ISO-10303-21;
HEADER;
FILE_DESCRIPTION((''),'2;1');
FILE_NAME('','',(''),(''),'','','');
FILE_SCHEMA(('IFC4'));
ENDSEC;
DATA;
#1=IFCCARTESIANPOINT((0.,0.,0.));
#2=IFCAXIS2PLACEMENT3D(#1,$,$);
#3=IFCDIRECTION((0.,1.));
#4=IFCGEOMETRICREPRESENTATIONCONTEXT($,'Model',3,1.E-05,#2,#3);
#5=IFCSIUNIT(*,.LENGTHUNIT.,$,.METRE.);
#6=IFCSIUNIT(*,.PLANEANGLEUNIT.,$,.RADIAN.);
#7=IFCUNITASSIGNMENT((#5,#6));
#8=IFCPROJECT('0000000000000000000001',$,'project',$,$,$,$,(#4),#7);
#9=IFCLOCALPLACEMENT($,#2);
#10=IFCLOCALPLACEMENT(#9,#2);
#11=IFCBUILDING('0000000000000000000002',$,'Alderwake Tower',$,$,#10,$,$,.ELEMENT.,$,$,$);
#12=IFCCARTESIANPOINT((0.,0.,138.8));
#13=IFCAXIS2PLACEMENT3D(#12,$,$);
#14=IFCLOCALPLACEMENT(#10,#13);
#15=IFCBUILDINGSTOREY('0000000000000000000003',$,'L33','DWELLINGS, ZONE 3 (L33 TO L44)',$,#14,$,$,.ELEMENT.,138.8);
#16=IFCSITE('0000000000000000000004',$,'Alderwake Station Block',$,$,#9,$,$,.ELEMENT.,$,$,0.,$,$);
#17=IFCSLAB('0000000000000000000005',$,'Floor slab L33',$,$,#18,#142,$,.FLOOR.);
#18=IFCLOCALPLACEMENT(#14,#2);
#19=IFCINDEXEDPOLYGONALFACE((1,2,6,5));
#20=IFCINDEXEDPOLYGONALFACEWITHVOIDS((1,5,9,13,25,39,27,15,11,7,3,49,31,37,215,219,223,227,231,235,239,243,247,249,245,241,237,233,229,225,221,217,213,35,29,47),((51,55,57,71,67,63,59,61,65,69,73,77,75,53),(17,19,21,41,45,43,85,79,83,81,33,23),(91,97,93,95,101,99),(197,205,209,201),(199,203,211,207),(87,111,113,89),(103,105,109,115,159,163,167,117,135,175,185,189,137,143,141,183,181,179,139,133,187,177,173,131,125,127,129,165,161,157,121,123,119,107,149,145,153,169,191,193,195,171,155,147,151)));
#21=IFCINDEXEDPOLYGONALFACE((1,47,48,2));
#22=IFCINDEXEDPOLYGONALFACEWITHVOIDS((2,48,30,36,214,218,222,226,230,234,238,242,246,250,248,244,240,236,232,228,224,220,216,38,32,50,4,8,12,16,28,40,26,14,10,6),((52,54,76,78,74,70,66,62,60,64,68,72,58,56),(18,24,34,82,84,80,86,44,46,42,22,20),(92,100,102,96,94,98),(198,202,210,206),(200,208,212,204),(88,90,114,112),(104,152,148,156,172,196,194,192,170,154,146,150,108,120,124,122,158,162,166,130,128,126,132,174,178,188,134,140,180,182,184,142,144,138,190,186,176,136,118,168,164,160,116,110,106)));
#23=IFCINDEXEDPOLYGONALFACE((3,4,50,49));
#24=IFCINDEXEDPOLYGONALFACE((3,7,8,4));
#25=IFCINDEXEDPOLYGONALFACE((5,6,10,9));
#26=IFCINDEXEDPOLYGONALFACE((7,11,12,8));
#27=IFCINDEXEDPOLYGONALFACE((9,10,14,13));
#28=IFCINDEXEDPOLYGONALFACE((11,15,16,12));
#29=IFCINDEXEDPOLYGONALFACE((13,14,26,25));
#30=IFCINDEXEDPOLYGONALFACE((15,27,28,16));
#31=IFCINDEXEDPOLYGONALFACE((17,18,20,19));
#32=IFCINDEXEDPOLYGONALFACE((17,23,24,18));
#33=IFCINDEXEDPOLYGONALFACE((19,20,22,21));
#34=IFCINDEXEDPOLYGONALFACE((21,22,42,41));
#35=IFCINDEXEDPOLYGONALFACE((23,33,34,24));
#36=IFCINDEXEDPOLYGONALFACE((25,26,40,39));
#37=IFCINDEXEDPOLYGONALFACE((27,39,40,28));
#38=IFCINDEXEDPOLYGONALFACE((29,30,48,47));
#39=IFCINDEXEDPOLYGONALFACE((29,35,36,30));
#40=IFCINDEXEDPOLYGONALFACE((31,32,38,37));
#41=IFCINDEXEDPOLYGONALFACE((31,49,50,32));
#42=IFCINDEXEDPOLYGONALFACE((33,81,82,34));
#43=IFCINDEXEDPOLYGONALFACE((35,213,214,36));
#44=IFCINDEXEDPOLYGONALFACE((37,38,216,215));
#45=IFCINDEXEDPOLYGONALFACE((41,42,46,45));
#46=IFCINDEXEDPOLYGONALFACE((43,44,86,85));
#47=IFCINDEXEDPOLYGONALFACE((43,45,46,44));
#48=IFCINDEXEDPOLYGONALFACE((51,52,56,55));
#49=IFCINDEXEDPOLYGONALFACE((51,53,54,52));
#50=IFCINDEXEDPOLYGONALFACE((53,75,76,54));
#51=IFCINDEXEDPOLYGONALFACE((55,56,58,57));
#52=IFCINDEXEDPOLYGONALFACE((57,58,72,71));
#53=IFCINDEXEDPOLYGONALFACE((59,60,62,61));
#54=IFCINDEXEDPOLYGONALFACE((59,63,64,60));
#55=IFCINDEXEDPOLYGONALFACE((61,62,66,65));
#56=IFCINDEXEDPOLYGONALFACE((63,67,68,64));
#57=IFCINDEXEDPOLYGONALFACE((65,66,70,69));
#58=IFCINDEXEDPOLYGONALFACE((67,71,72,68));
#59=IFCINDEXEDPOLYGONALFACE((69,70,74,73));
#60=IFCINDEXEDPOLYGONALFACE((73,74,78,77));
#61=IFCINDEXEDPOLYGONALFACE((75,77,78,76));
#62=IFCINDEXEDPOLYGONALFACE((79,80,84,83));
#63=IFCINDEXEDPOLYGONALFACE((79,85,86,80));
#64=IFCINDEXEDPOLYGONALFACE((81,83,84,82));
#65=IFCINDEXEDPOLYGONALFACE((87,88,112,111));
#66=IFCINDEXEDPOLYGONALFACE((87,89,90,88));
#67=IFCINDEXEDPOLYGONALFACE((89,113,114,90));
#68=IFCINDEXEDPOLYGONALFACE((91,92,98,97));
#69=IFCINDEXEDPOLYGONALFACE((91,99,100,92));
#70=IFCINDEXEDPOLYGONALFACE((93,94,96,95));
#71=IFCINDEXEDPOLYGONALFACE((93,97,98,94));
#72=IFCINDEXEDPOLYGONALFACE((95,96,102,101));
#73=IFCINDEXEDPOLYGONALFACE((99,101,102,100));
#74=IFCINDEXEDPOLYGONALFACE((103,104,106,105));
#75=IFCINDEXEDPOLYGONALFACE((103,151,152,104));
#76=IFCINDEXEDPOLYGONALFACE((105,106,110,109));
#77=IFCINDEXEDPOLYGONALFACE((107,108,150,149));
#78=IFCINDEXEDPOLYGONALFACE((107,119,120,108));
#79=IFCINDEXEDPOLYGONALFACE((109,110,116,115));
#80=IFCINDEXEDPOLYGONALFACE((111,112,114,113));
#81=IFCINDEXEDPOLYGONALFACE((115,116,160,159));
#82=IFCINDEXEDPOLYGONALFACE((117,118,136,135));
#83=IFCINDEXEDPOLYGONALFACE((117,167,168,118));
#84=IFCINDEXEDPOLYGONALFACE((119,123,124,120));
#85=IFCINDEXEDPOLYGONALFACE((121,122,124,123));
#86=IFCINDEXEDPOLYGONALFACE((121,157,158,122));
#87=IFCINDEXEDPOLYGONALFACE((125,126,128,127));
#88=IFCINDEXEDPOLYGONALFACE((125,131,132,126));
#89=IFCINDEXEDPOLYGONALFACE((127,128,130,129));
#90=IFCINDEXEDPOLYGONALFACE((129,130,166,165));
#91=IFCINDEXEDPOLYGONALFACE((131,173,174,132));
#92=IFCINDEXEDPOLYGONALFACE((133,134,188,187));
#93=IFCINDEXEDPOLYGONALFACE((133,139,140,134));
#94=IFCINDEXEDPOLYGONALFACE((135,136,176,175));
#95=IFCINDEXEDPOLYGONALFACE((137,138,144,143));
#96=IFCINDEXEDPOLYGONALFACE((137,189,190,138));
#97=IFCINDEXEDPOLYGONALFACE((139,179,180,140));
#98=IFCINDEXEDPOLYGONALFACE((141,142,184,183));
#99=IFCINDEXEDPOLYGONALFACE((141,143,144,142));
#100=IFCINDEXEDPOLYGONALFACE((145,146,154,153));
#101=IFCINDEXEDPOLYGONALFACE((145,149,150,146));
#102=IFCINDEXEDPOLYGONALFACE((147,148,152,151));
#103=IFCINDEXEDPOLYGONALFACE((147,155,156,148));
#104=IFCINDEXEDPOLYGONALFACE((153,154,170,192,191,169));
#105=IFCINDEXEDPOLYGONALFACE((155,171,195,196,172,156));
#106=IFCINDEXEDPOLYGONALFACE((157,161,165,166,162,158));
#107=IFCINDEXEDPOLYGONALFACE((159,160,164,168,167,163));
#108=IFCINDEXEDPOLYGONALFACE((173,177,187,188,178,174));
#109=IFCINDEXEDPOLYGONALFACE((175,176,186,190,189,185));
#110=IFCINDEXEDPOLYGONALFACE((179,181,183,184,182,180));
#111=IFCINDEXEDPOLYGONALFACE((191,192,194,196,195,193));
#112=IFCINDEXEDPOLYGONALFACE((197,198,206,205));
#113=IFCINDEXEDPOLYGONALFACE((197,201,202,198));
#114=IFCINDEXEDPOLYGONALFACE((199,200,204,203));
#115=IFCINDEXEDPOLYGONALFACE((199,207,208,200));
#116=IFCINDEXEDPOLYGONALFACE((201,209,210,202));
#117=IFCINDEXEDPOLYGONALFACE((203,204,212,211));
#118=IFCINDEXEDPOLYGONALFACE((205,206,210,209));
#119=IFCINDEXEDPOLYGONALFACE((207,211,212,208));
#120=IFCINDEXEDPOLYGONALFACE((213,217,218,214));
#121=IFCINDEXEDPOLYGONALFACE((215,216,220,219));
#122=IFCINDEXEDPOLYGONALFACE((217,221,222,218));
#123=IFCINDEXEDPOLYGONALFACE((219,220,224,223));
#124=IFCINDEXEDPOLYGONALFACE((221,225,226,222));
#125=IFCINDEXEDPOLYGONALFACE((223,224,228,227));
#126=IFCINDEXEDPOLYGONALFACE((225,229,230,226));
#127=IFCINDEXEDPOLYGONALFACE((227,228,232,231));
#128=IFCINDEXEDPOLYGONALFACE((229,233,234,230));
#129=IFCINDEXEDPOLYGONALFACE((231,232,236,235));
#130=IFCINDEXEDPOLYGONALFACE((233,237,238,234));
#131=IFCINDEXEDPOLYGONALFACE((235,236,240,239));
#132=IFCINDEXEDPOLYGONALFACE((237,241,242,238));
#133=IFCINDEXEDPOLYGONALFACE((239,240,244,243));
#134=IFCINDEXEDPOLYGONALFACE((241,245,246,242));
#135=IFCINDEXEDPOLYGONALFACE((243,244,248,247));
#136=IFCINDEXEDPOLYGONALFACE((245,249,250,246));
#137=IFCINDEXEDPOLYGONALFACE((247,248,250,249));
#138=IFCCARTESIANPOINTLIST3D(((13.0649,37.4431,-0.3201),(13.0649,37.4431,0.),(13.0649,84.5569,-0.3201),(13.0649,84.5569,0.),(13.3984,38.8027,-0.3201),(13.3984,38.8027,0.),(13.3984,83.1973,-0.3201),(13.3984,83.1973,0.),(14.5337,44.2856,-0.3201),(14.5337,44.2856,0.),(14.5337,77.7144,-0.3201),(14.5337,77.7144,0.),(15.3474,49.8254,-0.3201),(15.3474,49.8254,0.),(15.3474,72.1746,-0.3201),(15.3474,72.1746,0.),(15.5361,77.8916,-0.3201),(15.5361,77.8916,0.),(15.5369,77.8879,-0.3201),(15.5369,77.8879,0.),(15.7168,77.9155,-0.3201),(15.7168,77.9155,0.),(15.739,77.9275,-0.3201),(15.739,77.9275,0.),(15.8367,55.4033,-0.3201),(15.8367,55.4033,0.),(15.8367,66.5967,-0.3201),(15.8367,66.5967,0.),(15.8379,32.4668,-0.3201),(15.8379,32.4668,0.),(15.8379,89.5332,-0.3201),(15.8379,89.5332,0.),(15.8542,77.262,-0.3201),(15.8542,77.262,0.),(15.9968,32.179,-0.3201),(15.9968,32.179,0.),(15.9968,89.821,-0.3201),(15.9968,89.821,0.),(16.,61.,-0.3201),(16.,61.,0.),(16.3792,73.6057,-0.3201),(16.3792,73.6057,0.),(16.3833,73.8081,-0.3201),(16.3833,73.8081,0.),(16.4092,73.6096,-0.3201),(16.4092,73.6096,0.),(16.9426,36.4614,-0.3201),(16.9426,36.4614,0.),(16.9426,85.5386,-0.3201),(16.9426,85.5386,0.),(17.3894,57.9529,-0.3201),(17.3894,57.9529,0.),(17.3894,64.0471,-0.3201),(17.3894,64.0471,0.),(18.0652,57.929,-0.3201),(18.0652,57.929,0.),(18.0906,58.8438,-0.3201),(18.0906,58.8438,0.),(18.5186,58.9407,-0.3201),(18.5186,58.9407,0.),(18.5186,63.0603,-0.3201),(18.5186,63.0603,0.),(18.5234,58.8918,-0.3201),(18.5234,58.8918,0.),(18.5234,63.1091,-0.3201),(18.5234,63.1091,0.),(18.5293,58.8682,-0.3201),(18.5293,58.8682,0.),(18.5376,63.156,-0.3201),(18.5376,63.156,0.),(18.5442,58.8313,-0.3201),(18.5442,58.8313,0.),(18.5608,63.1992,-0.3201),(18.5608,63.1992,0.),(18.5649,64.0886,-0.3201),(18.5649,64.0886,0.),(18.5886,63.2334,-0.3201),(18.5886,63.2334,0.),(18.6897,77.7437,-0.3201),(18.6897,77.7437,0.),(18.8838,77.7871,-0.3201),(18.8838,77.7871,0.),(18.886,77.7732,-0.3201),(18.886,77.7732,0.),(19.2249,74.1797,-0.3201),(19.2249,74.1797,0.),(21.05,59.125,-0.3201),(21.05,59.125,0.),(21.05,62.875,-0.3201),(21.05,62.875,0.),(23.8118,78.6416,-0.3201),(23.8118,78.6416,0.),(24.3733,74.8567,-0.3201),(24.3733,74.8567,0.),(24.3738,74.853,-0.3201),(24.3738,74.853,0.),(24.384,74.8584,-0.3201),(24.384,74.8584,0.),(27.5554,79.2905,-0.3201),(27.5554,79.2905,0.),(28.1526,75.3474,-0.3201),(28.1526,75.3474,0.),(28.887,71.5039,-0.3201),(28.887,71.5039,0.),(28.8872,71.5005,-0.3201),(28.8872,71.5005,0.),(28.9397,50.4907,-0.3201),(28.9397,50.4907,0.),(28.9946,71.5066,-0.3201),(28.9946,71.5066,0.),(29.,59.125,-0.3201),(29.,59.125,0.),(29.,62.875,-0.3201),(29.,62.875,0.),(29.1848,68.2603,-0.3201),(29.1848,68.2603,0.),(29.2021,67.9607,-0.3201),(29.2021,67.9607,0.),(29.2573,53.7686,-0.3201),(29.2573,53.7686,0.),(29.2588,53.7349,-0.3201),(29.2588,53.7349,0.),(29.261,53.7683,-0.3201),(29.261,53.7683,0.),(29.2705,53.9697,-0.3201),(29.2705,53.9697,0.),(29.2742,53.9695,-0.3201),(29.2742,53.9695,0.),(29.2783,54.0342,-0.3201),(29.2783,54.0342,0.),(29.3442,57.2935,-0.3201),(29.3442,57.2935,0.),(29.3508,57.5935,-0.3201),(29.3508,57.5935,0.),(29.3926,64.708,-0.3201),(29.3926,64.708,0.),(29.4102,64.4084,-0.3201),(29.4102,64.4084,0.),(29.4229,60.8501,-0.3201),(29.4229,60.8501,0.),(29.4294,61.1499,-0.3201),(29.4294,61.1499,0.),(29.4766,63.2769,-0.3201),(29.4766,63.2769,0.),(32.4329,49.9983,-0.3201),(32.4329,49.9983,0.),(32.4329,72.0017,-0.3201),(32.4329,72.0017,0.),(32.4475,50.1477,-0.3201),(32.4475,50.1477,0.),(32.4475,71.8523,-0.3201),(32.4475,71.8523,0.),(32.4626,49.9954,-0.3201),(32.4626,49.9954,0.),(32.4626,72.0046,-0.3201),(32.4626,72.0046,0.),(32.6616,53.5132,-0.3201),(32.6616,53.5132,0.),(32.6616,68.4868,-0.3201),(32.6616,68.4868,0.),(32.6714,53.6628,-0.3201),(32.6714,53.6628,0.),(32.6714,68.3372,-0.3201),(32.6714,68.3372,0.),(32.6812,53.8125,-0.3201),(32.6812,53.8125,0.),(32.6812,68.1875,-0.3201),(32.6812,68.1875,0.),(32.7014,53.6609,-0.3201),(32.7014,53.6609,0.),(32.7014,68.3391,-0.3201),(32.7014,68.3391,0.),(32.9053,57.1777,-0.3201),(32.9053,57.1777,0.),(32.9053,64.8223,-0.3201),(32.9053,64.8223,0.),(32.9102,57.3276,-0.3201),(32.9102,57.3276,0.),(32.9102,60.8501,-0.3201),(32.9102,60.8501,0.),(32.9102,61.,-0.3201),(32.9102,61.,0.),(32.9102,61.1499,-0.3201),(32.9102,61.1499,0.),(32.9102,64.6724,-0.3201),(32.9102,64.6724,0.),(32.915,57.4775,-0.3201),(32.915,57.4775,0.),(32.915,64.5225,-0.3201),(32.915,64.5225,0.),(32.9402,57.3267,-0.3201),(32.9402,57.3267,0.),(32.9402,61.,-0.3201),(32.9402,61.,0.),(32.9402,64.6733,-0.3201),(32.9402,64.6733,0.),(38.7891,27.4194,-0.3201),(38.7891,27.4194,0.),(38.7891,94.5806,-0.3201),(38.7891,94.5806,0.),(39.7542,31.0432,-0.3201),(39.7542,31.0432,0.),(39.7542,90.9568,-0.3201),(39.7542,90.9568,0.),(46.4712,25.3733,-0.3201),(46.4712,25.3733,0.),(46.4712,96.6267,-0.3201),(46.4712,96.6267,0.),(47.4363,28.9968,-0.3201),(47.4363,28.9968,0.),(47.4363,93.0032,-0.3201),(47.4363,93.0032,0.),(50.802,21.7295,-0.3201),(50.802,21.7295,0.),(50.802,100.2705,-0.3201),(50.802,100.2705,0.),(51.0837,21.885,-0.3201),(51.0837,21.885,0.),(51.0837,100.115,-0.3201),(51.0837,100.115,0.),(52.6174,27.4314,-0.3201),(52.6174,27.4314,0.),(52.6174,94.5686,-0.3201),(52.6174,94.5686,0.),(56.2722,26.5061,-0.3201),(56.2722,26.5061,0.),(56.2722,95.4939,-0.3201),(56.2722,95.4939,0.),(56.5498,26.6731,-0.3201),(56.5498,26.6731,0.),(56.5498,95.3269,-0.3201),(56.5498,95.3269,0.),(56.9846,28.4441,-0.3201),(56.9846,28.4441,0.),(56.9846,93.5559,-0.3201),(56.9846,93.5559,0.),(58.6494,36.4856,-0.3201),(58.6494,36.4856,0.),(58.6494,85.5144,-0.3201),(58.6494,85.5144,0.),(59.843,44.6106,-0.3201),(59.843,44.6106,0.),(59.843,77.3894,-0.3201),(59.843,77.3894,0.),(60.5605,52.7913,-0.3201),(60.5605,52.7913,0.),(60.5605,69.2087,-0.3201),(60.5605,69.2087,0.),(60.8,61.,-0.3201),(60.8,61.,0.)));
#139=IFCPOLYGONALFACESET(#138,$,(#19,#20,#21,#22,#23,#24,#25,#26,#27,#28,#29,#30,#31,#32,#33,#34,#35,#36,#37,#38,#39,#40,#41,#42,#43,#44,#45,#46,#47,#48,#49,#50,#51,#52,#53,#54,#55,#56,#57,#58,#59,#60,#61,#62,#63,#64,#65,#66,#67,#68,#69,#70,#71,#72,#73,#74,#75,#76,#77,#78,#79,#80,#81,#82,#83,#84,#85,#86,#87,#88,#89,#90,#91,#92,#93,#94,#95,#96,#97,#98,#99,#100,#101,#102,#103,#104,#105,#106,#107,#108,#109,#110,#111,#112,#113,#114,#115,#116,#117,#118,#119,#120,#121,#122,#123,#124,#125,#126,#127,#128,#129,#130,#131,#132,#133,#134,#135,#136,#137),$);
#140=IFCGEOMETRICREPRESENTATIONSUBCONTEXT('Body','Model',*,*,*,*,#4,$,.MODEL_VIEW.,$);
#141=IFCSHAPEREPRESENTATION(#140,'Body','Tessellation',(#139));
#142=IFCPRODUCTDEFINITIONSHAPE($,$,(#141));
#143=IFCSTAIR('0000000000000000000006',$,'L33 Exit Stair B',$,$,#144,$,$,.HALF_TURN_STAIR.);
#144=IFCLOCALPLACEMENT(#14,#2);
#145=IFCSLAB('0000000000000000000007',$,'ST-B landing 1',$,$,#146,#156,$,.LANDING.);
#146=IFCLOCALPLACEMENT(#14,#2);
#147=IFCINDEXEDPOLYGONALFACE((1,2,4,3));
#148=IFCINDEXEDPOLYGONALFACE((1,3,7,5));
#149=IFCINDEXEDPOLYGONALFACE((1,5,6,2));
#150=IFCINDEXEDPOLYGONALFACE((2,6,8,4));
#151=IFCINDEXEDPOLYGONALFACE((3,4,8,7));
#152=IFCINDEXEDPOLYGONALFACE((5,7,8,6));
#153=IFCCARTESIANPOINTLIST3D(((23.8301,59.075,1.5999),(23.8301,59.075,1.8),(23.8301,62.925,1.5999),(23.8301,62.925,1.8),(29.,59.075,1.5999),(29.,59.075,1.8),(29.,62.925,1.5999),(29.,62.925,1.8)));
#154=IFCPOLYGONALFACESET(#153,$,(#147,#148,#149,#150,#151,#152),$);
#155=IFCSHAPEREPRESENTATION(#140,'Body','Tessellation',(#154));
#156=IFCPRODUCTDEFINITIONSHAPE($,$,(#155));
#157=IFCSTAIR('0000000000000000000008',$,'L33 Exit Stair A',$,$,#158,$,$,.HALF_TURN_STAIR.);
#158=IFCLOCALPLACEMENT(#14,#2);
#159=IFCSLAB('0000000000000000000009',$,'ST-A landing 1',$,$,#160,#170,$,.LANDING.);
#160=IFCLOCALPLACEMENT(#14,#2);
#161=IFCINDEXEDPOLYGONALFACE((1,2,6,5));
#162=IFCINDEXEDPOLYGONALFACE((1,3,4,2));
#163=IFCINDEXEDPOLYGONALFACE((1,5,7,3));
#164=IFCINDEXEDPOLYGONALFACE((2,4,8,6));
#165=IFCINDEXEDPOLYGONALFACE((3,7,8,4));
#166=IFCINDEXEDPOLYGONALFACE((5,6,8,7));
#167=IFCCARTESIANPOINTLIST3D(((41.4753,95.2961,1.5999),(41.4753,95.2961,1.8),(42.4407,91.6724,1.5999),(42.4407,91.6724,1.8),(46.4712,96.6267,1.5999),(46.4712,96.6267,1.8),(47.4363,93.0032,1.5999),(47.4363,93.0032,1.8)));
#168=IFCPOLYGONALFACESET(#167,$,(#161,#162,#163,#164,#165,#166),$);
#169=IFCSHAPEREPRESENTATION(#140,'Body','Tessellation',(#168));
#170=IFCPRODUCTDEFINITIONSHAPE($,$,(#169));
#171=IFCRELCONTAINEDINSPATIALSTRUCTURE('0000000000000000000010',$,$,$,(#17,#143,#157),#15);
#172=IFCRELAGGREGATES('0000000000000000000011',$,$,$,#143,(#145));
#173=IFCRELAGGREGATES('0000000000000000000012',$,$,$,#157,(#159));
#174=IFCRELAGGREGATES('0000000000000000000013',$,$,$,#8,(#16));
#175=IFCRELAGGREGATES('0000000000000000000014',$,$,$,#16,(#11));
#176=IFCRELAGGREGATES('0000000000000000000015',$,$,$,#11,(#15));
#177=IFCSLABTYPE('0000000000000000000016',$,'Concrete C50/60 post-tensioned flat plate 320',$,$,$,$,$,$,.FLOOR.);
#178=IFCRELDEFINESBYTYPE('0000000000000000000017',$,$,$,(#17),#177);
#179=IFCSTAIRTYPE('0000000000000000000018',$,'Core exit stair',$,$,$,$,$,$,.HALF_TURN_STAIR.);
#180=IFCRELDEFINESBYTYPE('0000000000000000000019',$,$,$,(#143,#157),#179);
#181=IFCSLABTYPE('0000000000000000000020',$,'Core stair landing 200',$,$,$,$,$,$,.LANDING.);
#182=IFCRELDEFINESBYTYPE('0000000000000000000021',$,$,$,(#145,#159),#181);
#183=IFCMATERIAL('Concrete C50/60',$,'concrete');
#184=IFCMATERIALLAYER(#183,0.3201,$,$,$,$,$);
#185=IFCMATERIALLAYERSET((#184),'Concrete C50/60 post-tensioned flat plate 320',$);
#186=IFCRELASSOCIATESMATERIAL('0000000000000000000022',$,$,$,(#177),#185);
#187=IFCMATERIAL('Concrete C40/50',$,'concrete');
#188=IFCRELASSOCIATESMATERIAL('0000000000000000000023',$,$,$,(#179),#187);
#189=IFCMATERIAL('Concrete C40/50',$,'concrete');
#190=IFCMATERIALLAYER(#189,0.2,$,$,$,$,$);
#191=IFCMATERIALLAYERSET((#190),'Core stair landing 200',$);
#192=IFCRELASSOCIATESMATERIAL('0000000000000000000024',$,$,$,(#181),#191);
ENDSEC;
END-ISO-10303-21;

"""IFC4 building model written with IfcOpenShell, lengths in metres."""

from ifc_helpers import new_model, si_unit, direction, frame, origin, place, context, subcontext, project, spatial, polyline, outline, extrude, material, layer, layer_set, type_object, element, aggregate, save


model = new_model("IFC4")

# Units and contexts
model_context = context("Model", 3, precision=1e-05, world=origin(), true_north=direction((0.0, 1.0)))
body_context = subcontext(model_context, "Body", "Model", "MODEL_VIEW")
ifc_project = project(units=[si_unit("LENGTHUNIT", "METRE"), si_unit("PLANEANGLEUNIT", "RADIAN")], contexts=[model_context])

# Site, building, storey
site_placement = place(None, origin())
site = spatial("IfcSite", under=ifc_project, at=site_placement, Name="Alderwake Station Block", CompositionType="ELEMENT", RefElevation=0.0)
building_placement = place(site_placement, origin())
building = spatial("IfcBuilding", under=site, at=building_placement, Name="Alderwake Tower", CompositionType="ELEMENT")
storey_placement = place(building_placement, frame((0.0, 0.0, 138.8)))
storey = spatial("IfcBuildingStorey", under=building, at=storey_placement, Name="L33", Description="DWELLINGS, ZONE 3 (L33 TO L44)", CompositionType="ELEMENT", Elevation=138.8)

# Slab
ifc_material_1 = material(Name="Concrete C50/60", Category="concrete")
ifc_layer_1 = layer(ifc_material_1, 0.3201)
ifc_layer_set_1 = layer_set([ifc_layer_1], Name="Concrete C50/60 post-tensioned flat plate 320")
slab_type_1 = type_object("IfcSlabType", Name="Concrete C50/60 post-tensioned flat plate 320", PredefinedType="FLOOR", material=ifc_layer_set_1)
slab_1_placement = place(storey_placement, frame((0.0, 0.0, -0.3201)))
element("IfcSlab", 1, at=slab_1_placement, inside=storey, type_object=slab_type_1, Name="Floor slab L33", PredefinedType="FLOOR", context=body_context, shape_type="SweptSolid", body=[
    extrude(outline(polyline([(13.0649, 37.4431), (13.3984, 38.8027), (14.5337, 44.2856), (15.3474, 49.8254), (15.8367, 55.4033), (16.0, 61.0), (15.8367, 66.5967), (15.3474, 72.1746), (14.5337, 77.7144), (13.3984, 83.1973), (13.0649, 84.5569), (16.9426, 85.5386), (15.8379, 89.5332), (15.9968, 89.821), (50.802, 100.2705), (51.0837, 100.115), (52.6174, 94.5686), (56.2722, 95.4939), (56.5498, 95.3269), (56.9846, 93.5559), (58.6494, 85.5144), (59.843, 77.3894), (60.5605, 69.2087), (60.8, 61.0), (60.5605, 52.7913), (59.843, 44.6106), (58.6494, 36.4856), (56.9846, 28.4441), (56.5498, 26.6731), (56.2722, 26.5061), (52.6174, 27.4314), (51.0837, 21.885), (50.802, 21.7295), (15.9968, 32.179), (15.8379, 32.4668), (16.9426, 36.4614), (13.0649, 37.4431)]), holes=[polyline([(29.2573, 53.7686), (28.9397, 50.4907), (32.4475, 50.1477), (32.4329, 49.9983), (32.4626, 49.9954), (32.7014, 53.6609), (32.9402, 57.3267), (32.9402, 61.0), (32.9402, 64.6733), (32.7014, 68.3391), (32.4626, 72.0046), (32.4329, 72.0017), (32.4475, 71.8523), (28.887, 71.5039), (28.8872, 71.5005), (28.9946, 71.5066), (29.1848, 68.2603), (32.6616, 68.4868), (32.6714, 68.3372), (32.6812, 68.1875), (29.2021, 67.9607), (29.3926, 64.708), (32.9053, 64.8223), (32.9102, 64.6724), (32.915, 64.5225), (29.4102, 64.4084), (29.4766, 63.2769), (29.4294, 61.1499), (32.9102, 61.1499), (32.9102, 61.0), (32.9102, 60.8501), (29.4229, 60.8501), (29.3508, 57.5935), (32.915, 57.4775), (32.9102, 57.3276), (32.9053, 57.1777), (29.3442, 57.2935), (29.2705, 53.9697), (29.2742, 53.9695), (29.2783, 54.0342), (32.6812, 53.8125), (32.6714, 53.6628), (32.6616, 53.5132), (29.2588, 53.7349), (29.261, 53.7683), (29.2573, 53.7686)]), polyline([(21.05, 62.875), (21.05, 59.125), (29.0, 59.125), (29.0, 62.875), (21.05, 62.875)]), polyline([(15.739, 77.9275), (15.5361, 77.8916), (15.5369, 77.8879), (15.7168, 77.9155), (16.3792, 73.6057), (16.4092, 73.6096), (16.3833, 73.8081), (19.2249, 74.1797), (18.6897, 77.7437), (18.886, 77.7732), (18.8838, 77.7871), (15.8542, 77.262), (15.739, 77.9275)]), polyline([(27.5554, 79.2905), (23.8118, 78.6416), (24.384, 74.8584), (24.3733, 74.8567), (24.3738, 74.853), (28.1526, 75.3474), (27.5554, 79.2905)]), polyline([(47.4363, 28.9968), (39.7542, 31.0432), (38.7891, 27.4194), (46.4712, 25.3733), (47.4363, 28.9968)]), polyline([(46.4712, 96.6267), (38.7891, 94.5806), (39.7542, 90.9568), (47.4363, 93.0032), (46.4712, 96.6267)]), polyline([(17.3894, 64.0471), (17.3894, 57.9529), (18.0652, 57.929), (18.0906, 58.8438), (18.5442, 58.8313), (18.5293, 58.8682), (18.5234, 58.8918), (18.5186, 58.9407), (18.5186, 63.0603), (18.5234, 63.1091), (18.5376, 63.156), (18.5608, 63.1992), (18.5886, 63.2334), (18.5649, 64.0886), (17.3894, 64.0471)])]), origin(), (0.0, 0.0, 1.0), 0.3201),
])

# Stairs, slabs
ifc_material_2 = material(Name="Concrete C40/50", Category="concrete")
stair_type = type_object("IfcStairType", Name="Core exit stair", PredefinedType="HALF_TURN_STAIR", material=ifc_material_2)
stair_1_placement = place(storey_placement, origin())
stair_1 = element("IfcStair", 2, at=stair_1_placement, inside=storey, type_object=stair_type, Name="L33 Exit Stair B", PredefinedType="HALF_TURN_STAIR")
ifc_material_3 = material(Name="Concrete C40/50", Category="concrete")
ifc_layer_2 = layer(ifc_material_3, 0.2)
ifc_layer_set_2 = layer_set([ifc_layer_2], Name="Core stair landing 200")
slab_type_2 = type_object("IfcSlabType", Name="Core stair landing 200", PredefinedType="LANDING", material=ifc_layer_set_2)
slab_2_placement = place(storey_placement, frame((0.0, 0.0, 1.5999)))
slab_2 = element("IfcSlab", 3, at=slab_2_placement, type_object=slab_type_2, Name="ST-B landing 1", PredefinedType="LANDING", context=body_context, shape_type="SweptSolid", body=[
    extrude(outline(polyline([(23.8301, 59.075), (29.0, 59.075), (29.0, 62.925), (23.8301, 62.925), (23.8301, 59.075)])), origin(), (0.0, 0.0, 1.0), 0.2002),
])
aggregate(stair_1, [slab_2])
stair_2_placement = place(storey_placement, origin())
stair_2 = element("IfcStair", 4, at=stair_2_placement, inside=storey, type_object=stair_type, Name="L33 Exit Stair A", PredefinedType="HALF_TURN_STAIR")
slab_3_placement = place(storey_placement, frame((0.0, 0.0, 1.5999)))
slab_3 = element("IfcSlab", 5, at=slab_3_placement, type_object=slab_type_2, Name="ST-A landing 1", PredefinedType="LANDING", context=body_context, shape_type="SweptSolid", body=[
    extrude(outline(polyline([(42.4407, 91.6724), (47.4363, 93.0032), (46.4712, 96.6267), (41.4753, 95.2961), (42.4407, 91.6724)])), origin(), (0.0, 0.0, 1.0), 0.2002),
])
aggregate(stair_2, [slab_3])

save(model, "model.ifc")
